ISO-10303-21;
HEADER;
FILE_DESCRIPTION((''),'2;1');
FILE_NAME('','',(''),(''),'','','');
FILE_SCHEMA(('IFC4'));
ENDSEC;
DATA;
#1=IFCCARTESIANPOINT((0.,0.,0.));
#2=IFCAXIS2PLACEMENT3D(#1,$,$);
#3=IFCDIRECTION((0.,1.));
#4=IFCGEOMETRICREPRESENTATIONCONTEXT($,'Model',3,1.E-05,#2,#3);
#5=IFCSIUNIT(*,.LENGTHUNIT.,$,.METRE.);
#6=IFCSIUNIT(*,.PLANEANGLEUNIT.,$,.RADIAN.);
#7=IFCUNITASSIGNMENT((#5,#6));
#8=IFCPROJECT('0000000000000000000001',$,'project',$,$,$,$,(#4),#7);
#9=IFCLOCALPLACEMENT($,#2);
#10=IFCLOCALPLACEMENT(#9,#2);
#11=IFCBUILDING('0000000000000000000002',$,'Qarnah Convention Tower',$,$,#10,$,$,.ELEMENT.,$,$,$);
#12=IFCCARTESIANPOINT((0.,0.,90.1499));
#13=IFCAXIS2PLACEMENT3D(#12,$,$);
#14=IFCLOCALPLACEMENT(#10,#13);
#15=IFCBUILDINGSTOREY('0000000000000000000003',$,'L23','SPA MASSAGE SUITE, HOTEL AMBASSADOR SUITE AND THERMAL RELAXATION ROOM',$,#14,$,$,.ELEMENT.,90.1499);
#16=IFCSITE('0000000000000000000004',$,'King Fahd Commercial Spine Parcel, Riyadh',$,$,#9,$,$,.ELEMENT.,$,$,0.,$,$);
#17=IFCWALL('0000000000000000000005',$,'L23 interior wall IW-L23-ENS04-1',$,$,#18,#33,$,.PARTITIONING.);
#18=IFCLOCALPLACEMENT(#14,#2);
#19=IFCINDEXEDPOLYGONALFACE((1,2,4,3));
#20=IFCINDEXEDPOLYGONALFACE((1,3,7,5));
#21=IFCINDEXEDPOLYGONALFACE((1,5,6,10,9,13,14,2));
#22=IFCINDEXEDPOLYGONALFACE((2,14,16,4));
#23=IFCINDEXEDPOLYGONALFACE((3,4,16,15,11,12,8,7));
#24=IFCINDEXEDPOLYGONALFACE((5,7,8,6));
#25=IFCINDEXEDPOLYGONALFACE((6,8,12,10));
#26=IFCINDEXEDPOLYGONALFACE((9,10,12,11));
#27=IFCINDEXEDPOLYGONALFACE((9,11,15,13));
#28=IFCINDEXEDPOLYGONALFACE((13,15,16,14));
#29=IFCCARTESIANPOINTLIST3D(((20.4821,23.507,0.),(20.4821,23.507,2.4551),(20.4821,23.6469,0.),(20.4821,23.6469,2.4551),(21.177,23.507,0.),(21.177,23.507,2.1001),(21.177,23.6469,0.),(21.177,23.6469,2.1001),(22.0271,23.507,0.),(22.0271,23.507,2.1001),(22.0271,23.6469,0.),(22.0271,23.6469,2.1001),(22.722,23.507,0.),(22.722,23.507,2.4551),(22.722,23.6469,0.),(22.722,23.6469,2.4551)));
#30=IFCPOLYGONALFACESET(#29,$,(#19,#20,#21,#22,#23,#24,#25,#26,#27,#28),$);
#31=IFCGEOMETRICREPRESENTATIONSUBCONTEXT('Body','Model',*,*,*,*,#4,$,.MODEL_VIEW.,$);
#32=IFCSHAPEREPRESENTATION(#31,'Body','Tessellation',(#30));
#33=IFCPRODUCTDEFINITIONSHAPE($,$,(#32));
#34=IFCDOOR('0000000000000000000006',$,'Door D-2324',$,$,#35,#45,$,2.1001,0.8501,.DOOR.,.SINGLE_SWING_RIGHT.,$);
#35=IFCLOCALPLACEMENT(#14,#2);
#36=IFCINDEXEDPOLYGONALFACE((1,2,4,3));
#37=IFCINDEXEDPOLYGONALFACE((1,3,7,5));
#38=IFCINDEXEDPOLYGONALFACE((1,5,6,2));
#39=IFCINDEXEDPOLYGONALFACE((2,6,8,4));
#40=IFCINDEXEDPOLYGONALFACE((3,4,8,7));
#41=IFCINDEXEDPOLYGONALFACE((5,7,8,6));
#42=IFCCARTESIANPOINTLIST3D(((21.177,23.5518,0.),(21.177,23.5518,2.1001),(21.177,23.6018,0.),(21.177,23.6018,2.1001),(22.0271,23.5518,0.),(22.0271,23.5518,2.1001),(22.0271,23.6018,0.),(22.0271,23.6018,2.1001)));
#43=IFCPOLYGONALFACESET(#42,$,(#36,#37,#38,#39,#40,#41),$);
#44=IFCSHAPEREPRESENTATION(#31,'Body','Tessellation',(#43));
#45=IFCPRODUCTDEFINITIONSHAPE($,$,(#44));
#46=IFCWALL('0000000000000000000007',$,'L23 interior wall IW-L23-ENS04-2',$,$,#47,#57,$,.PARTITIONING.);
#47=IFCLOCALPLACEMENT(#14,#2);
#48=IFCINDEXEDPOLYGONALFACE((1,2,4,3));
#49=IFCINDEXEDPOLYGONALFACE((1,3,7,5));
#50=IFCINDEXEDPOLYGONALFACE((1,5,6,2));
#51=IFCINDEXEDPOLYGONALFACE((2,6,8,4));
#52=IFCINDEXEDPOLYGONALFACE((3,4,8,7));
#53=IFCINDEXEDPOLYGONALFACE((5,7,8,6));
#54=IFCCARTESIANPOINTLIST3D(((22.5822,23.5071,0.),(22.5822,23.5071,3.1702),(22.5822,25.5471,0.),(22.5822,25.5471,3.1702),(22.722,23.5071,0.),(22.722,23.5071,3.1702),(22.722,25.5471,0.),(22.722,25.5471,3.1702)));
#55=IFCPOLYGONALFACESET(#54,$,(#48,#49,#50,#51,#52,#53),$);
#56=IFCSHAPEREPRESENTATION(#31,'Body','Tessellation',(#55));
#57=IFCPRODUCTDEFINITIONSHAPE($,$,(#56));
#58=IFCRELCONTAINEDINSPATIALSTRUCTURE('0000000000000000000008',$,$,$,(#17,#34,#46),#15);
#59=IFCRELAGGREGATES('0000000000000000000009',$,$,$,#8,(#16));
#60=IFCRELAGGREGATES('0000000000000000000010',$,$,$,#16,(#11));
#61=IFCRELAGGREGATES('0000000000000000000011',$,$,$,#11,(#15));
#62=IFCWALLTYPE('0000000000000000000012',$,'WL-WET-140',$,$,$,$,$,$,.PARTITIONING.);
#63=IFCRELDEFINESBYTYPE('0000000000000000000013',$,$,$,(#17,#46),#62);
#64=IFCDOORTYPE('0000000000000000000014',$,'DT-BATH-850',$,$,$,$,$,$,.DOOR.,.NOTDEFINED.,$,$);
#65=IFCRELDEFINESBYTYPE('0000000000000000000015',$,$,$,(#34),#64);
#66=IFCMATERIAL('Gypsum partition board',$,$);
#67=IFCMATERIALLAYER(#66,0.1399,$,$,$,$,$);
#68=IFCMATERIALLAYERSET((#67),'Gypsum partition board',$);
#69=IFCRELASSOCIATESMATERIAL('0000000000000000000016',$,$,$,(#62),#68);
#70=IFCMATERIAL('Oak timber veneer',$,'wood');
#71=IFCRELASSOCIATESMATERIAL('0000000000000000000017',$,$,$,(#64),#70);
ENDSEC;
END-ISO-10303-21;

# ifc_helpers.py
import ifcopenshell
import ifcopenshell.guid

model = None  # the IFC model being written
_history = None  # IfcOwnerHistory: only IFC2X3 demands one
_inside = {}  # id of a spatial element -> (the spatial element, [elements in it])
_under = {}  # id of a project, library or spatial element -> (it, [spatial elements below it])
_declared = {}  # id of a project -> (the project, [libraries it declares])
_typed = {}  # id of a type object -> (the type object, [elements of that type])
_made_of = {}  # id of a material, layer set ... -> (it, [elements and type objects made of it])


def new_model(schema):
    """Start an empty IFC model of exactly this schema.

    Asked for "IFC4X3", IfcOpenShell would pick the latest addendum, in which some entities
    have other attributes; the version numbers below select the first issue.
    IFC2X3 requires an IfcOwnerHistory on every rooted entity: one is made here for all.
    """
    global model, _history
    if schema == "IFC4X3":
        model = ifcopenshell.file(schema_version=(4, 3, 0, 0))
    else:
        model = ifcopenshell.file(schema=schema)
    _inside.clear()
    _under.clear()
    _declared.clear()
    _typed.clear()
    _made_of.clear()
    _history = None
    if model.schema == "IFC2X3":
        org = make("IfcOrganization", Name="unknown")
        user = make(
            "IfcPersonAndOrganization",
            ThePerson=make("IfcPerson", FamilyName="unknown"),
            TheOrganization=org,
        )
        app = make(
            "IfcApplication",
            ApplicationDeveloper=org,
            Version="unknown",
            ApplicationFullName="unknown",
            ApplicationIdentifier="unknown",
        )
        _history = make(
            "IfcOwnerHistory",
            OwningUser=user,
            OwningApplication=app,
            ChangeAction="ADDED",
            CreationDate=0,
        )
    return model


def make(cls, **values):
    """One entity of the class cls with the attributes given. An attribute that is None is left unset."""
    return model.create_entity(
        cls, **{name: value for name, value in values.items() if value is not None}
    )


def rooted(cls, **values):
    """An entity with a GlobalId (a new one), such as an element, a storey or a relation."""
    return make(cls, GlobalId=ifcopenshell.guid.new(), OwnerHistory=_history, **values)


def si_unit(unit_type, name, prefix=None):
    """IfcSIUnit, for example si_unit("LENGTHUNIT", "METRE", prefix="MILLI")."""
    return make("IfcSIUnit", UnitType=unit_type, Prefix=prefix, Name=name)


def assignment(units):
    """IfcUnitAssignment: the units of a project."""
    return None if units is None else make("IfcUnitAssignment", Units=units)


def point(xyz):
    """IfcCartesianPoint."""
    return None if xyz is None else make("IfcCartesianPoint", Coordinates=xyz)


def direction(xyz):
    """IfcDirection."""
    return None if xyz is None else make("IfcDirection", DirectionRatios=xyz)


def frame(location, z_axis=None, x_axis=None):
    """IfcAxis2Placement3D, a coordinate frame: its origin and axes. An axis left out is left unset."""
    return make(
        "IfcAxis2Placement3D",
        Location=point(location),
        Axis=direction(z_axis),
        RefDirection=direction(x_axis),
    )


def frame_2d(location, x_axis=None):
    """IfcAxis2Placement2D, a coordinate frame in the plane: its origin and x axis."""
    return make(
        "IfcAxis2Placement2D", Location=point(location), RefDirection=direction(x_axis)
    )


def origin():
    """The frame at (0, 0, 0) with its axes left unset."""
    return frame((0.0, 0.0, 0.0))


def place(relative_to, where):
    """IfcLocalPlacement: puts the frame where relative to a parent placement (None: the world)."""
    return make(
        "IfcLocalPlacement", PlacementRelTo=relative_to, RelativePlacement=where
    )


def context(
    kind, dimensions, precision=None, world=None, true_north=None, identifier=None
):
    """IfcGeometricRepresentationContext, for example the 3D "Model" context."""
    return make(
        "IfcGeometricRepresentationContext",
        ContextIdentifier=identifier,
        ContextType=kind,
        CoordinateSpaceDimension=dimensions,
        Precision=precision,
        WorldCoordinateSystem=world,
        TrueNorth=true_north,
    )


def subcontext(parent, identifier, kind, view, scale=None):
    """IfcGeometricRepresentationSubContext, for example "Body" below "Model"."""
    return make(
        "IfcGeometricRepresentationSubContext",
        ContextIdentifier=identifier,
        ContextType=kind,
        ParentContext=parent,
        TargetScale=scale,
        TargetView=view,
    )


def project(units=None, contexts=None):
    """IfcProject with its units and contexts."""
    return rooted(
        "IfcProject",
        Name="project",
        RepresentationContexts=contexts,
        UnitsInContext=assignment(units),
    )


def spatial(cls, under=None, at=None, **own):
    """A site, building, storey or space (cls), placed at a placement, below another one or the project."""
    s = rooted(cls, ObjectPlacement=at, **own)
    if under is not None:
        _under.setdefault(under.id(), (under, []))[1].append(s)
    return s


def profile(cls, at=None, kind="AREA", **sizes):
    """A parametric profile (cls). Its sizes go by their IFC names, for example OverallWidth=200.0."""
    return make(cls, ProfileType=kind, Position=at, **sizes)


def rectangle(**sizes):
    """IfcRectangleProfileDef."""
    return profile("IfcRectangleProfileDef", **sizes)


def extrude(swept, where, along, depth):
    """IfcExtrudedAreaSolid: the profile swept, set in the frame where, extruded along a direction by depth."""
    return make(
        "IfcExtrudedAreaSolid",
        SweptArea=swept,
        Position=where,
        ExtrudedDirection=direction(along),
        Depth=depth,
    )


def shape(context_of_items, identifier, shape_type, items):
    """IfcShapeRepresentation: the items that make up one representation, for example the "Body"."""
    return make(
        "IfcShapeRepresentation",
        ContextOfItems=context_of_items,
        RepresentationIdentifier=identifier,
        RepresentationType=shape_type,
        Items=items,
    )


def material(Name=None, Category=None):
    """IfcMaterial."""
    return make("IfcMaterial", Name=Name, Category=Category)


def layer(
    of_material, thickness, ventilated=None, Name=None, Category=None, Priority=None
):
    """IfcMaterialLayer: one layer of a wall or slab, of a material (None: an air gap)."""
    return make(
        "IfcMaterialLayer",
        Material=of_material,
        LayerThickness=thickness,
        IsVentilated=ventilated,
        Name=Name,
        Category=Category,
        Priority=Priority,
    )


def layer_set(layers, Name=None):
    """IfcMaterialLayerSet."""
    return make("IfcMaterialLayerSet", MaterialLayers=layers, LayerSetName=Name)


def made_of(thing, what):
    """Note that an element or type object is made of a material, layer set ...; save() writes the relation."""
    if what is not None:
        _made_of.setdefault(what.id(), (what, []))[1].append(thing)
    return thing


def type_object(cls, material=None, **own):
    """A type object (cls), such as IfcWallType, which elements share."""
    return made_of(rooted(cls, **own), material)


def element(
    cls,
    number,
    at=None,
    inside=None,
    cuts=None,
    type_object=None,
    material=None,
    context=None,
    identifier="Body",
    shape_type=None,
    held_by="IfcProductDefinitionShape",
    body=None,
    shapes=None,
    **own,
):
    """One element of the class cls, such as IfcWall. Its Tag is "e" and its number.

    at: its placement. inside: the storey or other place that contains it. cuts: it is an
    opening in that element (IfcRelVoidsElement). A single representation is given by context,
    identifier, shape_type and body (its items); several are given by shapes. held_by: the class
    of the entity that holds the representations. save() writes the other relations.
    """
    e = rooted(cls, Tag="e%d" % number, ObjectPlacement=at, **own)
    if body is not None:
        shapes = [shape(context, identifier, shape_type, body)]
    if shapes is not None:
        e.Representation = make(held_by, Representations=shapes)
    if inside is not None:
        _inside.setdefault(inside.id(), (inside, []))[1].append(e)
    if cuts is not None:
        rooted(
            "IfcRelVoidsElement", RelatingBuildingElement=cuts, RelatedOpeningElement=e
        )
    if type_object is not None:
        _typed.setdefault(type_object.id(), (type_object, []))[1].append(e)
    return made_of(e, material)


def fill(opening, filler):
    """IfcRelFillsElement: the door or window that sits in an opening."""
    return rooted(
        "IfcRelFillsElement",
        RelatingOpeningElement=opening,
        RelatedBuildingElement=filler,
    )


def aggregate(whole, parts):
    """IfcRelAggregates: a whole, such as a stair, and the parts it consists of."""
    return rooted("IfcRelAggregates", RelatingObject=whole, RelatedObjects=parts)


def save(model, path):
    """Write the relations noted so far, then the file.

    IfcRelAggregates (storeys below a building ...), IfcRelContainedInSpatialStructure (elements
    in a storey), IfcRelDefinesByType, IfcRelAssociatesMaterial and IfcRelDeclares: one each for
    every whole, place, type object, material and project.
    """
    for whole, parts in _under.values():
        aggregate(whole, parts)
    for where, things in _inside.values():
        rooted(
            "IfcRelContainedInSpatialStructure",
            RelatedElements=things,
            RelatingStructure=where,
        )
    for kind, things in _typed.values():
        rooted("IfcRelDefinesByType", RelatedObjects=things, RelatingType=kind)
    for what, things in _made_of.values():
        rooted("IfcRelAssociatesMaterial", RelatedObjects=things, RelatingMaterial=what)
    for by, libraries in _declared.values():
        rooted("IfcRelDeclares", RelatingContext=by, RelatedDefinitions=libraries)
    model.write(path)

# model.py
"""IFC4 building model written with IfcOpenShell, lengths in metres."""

from ifc_helpers import new_model, si_unit, direction, frame, frame_2d, origin, place, context, subcontext, project, spatial, rectangle, extrude, material, layer, layer_set, type_object, element, fill, save


model = new_model("IFC4")

# Units and contexts
model_context = context("Model", 3, precision=1e-05, world=origin(), true_north=direction((0.0, 1.0)))
body_context = subcontext(model_context, "Body", "Model", "MODEL_VIEW")
ifc_project = project(units=[si_unit("LENGTHUNIT", "METRE"), si_unit("PLANEANGLEUNIT", "RADIAN")], contexts=[model_context])

# Site, building, storey
site_placement = place(None, origin())
site = spatial("IfcSite", under=ifc_project, at=site_placement, Name="King Fahd Commercial Spine Parcel, Riyadh", CompositionType="ELEMENT", RefElevation=0.0)
building_placement = place(site_placement, origin())
building = spatial("IfcBuilding", under=site, at=building_placement, Name="Qarnah Convention Tower", CompositionType="ELEMENT")
storey_placement = place(building_placement, frame((0.0, 0.0, 90.1499)))
storey = spatial("IfcBuildingStorey", under=building, at=storey_placement, Name="L23", Description="SPA MASSAGE SUITE, HOTEL AMBASSADOR SUITE AND THERMAL RELAXATION ROOM", CompositionType="ELEMENT", Elevation=90.1499)

# Shared definitions
ifc_material_1 = material(Name="Gypsum partition board")

# Shared definitions
ifc_material_2 = material(Name="Oak timber veneer", Category="wood")

# Wall, opening, door
ifc_layer_1 = layer(ifc_material_1, 0.1399)
ifc_layer_set_1 = layer_set([ifc_layer_1], Name="Gypsum partition board")
wall_type_1 = type_object("IfcWallType", Name="WL-WET-140", PredefinedType="PARTITIONING", material=ifc_layer_set_1)
wall_1_placement = place(storey_placement, frame((20.4819, 23.5769, 0.0), z_axis=(0.0, 0.0, 1.0), x_axis=(1.0, 0.0, 0.0)))
wall_1 = element("IfcWall", 1, at=wall_1_placement, inside=storey, type_object=wall_type_1, Name="L23 interior wall IW-L23-ENS04-1", PredefinedType="PARTITIONING", context=body_context, shape_type="SweptSolid", body=[
    extrude(rectangle(XDim=2.24, YDim=0.1399, at=frame_2d((1.1201, 0.0))), origin(), (0.0, 0.0, 1.0), 2.4551),
])
opening_1_placement = place(wall_1_placement, frame((0.6951, 0.0, 0.0)))
opening_1 = element("IfcOpeningElement", 2, at=opening_1_placement, cuts=wall_1, PredefinedType="OPENING", context=body_context, shape_type="SweptSolid", body=[
    extrude(rectangle(XDim=0.8501, YDim=2.1001, at=frame_2d((0.425, 1.05))), frame((0.0, 0.0798, 0.0), z_axis=(0.0, -1.0, 0.0), x_axis=(1.0, 0.0, 0.0)), (0.0, 0.0, 1.0), 0.1599),
])
door_type_1 = type_object("IfcDoorType", Name="DT-BATH-850", OperationType="NOTDEFINED", PredefinedType="DOOR", material=ifc_material_2)
door_1_placement = place(opening_1_placement, origin())
door_1 = element("IfcDoor", 3, at=door_1_placement, inside=storey, type_object=door_type_1, Name="Door D-2324", OperationType="SINGLE_SWING_RIGHT", OverallHeight=2.1001, OverallWidth=0.8501, PredefinedType="DOOR", context=body_context, shape_type="SweptSolid", body=[
    extrude(rectangle(XDim=0.8501, YDim=2.1001, at=frame_2d((0.425, 1.05))), frame((0.0, 0.0249, 0.0), z_axis=(0.0, -1.0, 0.0), x_axis=(1.0, 0.0, 0.0)), (0.0, 0.0, 1.0), 0.05),
])
fill(opening_1, door_1)

# Wall
wall_2_placement = place(storey_placement, frame((22.6521, 23.5071, 0.0), z_axis=(0.0, 0.0, 1.0), x_axis=(0.0, 1.0, 0.0)))
element("IfcWall", 4, at=wall_2_placement, inside=storey, type_object=wall_type_1, Name="L23 interior wall IW-L23-ENS04-2", PredefinedType="PARTITIONING", context=body_context, shape_type="SweptSolid", body=[
    extrude(rectangle(XDim=2.04, YDim=0.1399, at=frame_2d((1.02, 0.0))), origin(), (0.0, 0.0, 1.0), 3.1702),
])

save(model, "model.ifc")
